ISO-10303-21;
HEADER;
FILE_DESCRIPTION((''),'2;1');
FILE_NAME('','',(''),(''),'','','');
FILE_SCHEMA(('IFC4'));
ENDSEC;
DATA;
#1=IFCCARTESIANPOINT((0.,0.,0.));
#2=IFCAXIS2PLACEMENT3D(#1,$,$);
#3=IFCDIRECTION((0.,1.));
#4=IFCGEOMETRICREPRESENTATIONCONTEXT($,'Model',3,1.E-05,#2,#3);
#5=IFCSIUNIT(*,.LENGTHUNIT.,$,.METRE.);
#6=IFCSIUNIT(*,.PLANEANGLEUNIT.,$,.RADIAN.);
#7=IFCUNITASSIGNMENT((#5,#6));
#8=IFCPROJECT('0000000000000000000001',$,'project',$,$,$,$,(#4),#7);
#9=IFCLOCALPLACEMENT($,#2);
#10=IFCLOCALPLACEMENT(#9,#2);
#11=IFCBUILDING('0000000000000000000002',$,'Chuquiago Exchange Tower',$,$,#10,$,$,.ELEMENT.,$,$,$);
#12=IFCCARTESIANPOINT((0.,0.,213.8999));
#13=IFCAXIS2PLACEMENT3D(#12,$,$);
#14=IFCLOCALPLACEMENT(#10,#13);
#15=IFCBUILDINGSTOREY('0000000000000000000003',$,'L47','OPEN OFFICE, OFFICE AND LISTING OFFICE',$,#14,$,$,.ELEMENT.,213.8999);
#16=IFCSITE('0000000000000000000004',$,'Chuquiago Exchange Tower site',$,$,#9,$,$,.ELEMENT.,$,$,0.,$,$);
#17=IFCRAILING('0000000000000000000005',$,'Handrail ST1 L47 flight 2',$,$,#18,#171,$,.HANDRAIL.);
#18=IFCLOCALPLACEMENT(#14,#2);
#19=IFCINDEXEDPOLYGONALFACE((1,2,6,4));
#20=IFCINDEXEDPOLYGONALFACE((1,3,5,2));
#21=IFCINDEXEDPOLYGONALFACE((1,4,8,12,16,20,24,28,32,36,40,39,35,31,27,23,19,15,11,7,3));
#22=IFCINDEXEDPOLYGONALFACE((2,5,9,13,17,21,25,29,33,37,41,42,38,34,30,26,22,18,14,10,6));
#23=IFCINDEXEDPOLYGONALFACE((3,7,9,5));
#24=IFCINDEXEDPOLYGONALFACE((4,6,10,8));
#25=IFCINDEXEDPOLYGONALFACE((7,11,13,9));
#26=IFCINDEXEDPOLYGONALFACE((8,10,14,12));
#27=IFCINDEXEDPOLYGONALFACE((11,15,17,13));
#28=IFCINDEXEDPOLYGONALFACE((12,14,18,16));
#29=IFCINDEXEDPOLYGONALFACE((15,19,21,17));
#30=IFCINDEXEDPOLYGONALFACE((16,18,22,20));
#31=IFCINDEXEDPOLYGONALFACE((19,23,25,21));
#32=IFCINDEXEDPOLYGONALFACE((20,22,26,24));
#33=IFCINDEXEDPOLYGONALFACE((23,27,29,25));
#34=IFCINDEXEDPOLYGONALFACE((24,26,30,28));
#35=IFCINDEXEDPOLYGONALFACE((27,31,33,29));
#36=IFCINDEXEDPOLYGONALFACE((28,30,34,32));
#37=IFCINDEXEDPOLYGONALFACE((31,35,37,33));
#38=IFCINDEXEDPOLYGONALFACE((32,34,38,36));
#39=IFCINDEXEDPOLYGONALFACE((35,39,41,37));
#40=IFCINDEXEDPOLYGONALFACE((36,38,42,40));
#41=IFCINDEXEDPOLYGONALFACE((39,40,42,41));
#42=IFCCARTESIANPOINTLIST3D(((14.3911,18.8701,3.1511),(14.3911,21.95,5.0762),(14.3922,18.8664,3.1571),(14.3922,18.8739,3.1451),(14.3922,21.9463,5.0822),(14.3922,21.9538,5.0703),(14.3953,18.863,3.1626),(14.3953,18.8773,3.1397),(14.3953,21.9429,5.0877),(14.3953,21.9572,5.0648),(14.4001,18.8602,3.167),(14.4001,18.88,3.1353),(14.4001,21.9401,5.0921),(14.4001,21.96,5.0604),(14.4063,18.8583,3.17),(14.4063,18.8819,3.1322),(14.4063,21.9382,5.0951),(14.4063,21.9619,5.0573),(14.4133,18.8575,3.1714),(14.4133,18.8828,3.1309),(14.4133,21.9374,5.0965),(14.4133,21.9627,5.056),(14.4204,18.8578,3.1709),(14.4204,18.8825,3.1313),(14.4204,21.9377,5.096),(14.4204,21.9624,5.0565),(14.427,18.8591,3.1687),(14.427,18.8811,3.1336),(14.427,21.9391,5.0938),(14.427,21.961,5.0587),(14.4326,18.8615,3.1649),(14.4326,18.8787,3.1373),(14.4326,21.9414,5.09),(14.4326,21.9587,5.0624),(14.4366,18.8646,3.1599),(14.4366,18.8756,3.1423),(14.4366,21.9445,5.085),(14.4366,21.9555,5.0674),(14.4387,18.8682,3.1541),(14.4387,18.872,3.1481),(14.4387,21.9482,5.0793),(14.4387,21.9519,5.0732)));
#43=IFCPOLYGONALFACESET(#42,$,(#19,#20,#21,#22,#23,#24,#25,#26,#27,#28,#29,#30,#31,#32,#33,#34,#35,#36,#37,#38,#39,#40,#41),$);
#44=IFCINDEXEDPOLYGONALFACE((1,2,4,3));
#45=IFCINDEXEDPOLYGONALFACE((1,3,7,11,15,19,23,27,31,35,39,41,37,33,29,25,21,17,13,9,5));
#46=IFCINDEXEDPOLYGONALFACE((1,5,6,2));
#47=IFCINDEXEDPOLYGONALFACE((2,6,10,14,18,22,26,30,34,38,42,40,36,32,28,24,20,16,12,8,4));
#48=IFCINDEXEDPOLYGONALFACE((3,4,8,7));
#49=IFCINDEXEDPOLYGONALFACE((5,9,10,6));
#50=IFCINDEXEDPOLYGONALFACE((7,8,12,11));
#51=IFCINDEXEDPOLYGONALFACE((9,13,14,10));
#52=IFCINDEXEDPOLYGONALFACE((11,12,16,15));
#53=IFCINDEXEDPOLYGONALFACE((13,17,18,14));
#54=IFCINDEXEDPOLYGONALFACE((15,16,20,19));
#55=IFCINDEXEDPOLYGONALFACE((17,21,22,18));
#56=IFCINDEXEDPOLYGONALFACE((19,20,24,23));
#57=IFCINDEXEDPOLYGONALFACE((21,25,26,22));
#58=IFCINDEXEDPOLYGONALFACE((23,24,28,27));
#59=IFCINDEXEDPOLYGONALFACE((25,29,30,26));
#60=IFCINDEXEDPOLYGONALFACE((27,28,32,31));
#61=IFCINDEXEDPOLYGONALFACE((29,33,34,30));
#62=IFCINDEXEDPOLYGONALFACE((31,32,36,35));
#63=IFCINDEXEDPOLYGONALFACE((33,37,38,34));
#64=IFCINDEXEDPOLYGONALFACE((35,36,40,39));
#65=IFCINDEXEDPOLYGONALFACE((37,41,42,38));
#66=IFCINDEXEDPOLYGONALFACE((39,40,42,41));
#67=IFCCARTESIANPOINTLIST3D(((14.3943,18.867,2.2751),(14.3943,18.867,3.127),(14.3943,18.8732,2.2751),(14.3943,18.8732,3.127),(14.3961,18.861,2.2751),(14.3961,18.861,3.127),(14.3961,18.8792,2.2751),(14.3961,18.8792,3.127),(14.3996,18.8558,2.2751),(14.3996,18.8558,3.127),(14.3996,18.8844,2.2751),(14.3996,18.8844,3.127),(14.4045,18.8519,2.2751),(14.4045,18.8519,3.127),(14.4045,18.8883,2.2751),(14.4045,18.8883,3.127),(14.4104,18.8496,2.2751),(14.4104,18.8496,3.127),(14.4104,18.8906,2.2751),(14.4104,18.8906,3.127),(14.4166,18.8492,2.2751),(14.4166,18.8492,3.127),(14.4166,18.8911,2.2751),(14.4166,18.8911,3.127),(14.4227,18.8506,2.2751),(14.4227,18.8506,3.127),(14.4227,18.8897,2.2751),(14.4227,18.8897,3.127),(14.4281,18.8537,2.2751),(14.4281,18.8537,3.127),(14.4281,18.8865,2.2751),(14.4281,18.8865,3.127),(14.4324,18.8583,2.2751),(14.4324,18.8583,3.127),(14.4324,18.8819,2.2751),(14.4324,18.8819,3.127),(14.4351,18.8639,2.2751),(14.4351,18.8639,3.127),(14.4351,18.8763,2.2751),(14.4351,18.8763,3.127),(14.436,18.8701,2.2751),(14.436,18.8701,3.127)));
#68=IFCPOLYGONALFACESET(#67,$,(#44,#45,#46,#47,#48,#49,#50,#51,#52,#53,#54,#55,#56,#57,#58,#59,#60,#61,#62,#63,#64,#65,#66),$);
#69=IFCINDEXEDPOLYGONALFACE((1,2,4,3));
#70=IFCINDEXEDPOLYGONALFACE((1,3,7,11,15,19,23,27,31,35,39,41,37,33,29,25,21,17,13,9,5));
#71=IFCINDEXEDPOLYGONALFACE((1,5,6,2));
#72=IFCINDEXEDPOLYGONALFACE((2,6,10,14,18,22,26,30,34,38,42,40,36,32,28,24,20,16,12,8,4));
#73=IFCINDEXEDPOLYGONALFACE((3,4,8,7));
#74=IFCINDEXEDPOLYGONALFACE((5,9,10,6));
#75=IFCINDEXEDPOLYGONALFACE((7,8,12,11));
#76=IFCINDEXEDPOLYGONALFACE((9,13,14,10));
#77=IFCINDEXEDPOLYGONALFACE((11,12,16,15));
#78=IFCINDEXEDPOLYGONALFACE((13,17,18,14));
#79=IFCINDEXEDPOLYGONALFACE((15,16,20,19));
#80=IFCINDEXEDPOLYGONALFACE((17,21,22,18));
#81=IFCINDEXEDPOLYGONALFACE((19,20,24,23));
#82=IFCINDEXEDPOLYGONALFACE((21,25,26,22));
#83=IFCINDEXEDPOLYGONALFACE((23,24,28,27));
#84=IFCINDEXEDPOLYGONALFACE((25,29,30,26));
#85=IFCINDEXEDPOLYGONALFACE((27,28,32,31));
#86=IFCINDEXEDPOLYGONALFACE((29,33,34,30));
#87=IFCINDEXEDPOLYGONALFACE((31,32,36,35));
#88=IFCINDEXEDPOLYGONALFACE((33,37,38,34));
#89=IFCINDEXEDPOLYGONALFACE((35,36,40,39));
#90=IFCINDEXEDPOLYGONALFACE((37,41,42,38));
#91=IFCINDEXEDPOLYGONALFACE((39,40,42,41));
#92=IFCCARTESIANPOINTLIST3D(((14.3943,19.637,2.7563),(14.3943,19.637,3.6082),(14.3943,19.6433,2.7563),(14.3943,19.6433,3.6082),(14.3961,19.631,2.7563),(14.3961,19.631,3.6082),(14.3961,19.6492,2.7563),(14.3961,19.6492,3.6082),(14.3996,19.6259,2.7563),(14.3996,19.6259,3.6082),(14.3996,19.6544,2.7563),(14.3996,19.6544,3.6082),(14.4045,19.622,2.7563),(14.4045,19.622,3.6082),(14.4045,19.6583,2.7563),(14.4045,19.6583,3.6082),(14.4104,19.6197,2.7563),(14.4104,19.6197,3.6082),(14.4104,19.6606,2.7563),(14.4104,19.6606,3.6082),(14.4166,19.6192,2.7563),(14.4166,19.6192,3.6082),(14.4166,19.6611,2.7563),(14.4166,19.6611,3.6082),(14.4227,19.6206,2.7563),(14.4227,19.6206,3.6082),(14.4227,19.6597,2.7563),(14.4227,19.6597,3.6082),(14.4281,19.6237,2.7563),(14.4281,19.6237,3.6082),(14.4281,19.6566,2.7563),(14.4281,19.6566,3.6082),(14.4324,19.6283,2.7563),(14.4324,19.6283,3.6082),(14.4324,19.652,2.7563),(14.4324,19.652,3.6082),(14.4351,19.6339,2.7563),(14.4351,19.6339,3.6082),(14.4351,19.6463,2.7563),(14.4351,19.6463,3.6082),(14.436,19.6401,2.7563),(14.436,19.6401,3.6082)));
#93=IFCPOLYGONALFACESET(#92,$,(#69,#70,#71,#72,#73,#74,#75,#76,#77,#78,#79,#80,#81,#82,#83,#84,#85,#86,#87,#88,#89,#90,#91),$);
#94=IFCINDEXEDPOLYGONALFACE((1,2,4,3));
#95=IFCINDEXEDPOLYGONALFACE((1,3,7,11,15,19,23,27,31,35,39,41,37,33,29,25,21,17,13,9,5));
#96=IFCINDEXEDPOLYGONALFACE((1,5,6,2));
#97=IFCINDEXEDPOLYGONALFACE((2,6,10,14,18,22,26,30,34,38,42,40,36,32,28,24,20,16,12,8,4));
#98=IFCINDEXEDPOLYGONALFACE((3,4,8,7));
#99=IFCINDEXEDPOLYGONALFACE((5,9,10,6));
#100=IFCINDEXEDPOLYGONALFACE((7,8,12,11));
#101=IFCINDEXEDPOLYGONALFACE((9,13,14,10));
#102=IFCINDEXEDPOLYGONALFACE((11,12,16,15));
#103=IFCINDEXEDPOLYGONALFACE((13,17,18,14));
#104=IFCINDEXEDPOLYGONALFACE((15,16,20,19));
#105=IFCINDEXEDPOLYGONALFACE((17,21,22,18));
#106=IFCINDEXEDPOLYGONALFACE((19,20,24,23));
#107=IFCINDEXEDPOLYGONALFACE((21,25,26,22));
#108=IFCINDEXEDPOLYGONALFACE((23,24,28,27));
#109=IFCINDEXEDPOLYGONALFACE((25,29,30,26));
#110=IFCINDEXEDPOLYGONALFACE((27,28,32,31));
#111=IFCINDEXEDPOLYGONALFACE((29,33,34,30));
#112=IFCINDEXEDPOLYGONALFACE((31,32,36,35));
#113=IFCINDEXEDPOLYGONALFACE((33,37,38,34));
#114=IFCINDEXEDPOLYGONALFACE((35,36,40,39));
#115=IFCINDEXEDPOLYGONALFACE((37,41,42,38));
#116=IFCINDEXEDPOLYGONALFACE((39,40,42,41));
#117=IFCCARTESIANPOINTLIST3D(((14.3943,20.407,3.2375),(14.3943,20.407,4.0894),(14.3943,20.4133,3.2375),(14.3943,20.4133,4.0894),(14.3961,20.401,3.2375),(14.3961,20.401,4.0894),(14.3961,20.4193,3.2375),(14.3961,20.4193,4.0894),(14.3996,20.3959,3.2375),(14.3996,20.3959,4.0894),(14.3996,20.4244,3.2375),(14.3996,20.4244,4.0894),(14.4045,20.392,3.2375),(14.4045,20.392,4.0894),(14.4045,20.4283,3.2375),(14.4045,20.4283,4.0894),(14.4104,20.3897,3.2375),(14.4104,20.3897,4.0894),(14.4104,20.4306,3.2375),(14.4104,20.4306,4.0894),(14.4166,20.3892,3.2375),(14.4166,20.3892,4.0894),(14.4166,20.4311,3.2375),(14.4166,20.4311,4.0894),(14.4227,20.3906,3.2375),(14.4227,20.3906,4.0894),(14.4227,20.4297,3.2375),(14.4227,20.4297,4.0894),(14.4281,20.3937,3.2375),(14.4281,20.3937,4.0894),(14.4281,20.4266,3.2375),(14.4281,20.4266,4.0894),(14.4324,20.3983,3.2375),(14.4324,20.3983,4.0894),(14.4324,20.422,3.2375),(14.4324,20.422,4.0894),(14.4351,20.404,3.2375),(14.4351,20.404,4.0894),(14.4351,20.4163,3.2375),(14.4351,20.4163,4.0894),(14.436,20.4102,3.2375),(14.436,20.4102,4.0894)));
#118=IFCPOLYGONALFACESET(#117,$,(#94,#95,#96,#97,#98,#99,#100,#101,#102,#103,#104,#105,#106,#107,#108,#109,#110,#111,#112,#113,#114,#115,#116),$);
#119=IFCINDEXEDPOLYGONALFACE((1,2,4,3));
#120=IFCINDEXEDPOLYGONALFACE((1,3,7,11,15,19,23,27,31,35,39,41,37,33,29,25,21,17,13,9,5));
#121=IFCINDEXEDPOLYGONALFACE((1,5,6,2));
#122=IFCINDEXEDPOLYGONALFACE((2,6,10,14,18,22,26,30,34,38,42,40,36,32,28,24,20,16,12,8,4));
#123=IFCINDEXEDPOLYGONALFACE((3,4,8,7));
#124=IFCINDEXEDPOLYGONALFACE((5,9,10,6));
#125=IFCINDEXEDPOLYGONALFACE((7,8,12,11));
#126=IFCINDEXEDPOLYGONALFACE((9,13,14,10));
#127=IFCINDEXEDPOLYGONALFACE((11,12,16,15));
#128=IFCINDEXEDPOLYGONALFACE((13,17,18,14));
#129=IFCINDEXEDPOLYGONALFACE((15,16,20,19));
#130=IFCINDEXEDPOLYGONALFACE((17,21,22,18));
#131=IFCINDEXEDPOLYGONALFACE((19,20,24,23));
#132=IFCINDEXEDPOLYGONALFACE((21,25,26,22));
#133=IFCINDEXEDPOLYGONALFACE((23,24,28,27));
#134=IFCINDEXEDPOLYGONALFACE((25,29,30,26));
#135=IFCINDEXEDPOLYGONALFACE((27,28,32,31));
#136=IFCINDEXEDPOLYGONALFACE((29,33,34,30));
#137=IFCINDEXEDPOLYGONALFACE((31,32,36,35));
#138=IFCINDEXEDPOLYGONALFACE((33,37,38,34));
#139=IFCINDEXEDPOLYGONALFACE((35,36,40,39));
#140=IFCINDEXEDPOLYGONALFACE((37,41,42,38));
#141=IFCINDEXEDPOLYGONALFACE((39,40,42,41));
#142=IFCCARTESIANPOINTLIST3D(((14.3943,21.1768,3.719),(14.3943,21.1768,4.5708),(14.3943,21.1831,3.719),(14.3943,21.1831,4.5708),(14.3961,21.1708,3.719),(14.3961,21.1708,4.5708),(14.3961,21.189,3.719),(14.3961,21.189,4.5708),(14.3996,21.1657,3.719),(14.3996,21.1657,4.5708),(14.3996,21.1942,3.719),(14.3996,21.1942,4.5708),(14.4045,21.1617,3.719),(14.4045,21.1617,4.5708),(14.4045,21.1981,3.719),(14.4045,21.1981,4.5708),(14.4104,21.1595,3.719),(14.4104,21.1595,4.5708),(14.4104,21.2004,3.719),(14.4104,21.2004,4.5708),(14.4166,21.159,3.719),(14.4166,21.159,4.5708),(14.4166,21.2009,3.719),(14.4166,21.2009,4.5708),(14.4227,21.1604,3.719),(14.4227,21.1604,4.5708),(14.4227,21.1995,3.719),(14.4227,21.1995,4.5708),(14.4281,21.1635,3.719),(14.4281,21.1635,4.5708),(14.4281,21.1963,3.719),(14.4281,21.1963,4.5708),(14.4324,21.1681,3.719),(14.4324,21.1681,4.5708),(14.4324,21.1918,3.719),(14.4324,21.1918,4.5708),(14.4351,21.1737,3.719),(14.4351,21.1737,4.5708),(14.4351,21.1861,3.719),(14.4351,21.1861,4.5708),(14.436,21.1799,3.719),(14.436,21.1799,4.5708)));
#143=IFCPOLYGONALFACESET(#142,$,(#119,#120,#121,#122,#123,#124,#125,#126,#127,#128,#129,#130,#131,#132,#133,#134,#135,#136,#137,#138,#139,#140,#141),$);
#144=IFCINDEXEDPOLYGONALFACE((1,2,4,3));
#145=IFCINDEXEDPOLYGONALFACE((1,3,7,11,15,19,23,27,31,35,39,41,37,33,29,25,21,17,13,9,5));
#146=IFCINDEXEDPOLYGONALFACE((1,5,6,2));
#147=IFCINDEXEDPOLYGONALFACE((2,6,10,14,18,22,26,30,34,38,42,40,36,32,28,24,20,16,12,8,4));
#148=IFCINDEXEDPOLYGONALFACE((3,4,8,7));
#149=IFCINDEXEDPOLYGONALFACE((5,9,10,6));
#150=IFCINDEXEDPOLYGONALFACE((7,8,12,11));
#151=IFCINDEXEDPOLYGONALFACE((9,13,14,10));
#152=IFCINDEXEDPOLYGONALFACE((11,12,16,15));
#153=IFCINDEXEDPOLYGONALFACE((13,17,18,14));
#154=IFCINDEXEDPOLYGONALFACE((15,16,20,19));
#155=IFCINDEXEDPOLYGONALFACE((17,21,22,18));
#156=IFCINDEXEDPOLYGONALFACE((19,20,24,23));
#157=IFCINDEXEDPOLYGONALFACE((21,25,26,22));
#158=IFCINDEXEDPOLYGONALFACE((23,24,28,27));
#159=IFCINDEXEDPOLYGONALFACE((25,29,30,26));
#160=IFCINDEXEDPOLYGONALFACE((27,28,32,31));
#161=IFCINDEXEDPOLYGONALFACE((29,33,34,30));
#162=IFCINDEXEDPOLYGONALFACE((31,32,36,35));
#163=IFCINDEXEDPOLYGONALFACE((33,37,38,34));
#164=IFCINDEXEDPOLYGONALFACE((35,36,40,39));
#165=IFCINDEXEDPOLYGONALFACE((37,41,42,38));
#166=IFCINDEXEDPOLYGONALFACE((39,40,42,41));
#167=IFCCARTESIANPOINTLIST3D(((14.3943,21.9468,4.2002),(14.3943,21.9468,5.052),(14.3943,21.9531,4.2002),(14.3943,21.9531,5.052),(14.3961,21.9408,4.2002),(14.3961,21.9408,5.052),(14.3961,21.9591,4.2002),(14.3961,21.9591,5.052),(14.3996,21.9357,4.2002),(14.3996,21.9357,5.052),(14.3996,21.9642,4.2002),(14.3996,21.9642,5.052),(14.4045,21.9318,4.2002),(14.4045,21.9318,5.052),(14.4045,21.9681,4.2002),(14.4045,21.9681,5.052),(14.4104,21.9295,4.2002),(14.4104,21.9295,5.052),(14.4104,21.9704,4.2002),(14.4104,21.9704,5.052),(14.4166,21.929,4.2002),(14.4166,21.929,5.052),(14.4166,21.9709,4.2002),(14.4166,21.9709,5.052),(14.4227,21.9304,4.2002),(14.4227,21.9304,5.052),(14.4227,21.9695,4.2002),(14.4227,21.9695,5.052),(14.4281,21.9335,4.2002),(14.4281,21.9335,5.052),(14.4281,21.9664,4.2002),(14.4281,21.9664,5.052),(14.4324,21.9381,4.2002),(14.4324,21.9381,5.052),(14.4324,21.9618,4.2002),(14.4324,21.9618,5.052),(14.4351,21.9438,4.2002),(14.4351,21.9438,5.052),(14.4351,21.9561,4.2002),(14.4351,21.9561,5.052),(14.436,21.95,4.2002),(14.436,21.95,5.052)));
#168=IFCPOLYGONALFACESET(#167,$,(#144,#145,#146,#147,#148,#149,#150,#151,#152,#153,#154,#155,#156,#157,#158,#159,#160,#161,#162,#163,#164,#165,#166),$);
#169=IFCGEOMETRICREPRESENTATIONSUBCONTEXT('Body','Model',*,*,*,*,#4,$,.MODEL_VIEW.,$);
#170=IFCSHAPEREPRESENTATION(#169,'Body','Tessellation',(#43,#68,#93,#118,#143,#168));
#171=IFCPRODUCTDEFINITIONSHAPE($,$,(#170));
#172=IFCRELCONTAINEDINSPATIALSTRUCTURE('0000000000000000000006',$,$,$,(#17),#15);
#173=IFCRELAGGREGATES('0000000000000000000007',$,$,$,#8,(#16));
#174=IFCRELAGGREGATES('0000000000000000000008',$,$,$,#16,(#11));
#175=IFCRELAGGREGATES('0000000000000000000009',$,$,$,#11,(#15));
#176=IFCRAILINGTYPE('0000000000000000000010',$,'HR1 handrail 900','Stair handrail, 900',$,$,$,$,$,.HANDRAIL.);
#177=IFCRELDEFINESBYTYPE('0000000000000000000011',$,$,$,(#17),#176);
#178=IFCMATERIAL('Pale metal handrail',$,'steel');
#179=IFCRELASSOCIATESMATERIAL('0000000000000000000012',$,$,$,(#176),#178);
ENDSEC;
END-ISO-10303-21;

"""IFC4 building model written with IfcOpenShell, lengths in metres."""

from ifc_helpers import new_model, si_unit, direction, frame, origin, origin_2d, place, context, subcontext, project, spatial, circle, extrude, material, type_object, element, save


model = new_model("IFC4")

# Units and contexts
model_context = context("Model", 3, precision=1e-05, world=origin(), true_north=direction((0.0, 1.0)))
body_context = subcontext(model_context, "Body", "Model", "MODEL_VIEW")
ifc_project = project(units=[si_unit("LENGTHUNIT", "METRE"), si_unit("PLANEANGLEUNIT", "RADIAN")], contexts=[model_context])

# Site, building, storey
site_placement = place(None, origin())
site = spatial("IfcSite", under=ifc_project, at=site_placement, Name="Chuquiago Exchange Tower site", CompositionType="ELEMENT", RefElevation=0.0)
building_placement = place(site_placement, origin())
building = spatial("IfcBuilding", under=site, at=building_placement, Name="Chuquiago Exchange Tower", CompositionType="ELEMENT")
storey_placement = place(building_placement, frame((0.0, 0.0, 213.8999)))
storey = spatial("IfcBuildingStorey", under=building, at=storey_placement, Name="L47", Description="OPEN OFFICE, OFFICE AND LISTING OFFICE", CompositionType="ELEMENT", Elevation=213.8999)

# Railing
ifc_material_1 = material(Name="Pale metal handrail", Category="steel")
railing_type_1 = type_object("IfcRailingType", Name="HR1 handrail 900", Description="Stair handrail, 900", PredefinedType="HANDRAIL", material=ifc_material_1)
for number, where, name in (
    (1, (14.415, 18.8701, 2.2751), "Handrail ST1 L47 flight 2"),
):
    element("IfcRailing", number, at=place(storey_placement, frame(where)), inside=storey, type_object=railing_type_1, Name=name, PredefinedType="HANDRAIL", context=body_context, shape_type="SweptSolid", body=[
        extrude(circle(Radius=0.0239, at=origin_2d()), frame((0.0, 0.0, 0.876), z_axis=(0.0, 0.847979, 0.530029), x_axis=(-1.0, 0.0, 0.0)), (0.0, 0.0, 1.0), 3.6321),
        extrude(circle(Radius=0.021, at=origin_2d()), origin(), (0.0, 0.0, 1.0), 0.8518),
        extrude(circle(Radius=0.021, at=origin_2d()), frame((0.0, 0.77, 0.4812)), (0.0, 0.0, 1.0), 0.8518),
        extrude(circle(Radius=0.021, at=origin_2d()), frame((0.0, 1.54, 0.9624)), (0.0, 0.0, 1.0), 0.8518),
        extrude(circle(Radius=0.021, at=origin_2d()), frame((0.0, 2.3098, 1.4438)), (0.0, 0.0, 1.0), 0.8518),
        extrude(circle(Radius=0.021, at=origin_2d()), frame((0.0, 3.0798, 1.925)), (0.0, 0.0, 1.0), 0.8518),
    ])

save(model, "model.ifc")
